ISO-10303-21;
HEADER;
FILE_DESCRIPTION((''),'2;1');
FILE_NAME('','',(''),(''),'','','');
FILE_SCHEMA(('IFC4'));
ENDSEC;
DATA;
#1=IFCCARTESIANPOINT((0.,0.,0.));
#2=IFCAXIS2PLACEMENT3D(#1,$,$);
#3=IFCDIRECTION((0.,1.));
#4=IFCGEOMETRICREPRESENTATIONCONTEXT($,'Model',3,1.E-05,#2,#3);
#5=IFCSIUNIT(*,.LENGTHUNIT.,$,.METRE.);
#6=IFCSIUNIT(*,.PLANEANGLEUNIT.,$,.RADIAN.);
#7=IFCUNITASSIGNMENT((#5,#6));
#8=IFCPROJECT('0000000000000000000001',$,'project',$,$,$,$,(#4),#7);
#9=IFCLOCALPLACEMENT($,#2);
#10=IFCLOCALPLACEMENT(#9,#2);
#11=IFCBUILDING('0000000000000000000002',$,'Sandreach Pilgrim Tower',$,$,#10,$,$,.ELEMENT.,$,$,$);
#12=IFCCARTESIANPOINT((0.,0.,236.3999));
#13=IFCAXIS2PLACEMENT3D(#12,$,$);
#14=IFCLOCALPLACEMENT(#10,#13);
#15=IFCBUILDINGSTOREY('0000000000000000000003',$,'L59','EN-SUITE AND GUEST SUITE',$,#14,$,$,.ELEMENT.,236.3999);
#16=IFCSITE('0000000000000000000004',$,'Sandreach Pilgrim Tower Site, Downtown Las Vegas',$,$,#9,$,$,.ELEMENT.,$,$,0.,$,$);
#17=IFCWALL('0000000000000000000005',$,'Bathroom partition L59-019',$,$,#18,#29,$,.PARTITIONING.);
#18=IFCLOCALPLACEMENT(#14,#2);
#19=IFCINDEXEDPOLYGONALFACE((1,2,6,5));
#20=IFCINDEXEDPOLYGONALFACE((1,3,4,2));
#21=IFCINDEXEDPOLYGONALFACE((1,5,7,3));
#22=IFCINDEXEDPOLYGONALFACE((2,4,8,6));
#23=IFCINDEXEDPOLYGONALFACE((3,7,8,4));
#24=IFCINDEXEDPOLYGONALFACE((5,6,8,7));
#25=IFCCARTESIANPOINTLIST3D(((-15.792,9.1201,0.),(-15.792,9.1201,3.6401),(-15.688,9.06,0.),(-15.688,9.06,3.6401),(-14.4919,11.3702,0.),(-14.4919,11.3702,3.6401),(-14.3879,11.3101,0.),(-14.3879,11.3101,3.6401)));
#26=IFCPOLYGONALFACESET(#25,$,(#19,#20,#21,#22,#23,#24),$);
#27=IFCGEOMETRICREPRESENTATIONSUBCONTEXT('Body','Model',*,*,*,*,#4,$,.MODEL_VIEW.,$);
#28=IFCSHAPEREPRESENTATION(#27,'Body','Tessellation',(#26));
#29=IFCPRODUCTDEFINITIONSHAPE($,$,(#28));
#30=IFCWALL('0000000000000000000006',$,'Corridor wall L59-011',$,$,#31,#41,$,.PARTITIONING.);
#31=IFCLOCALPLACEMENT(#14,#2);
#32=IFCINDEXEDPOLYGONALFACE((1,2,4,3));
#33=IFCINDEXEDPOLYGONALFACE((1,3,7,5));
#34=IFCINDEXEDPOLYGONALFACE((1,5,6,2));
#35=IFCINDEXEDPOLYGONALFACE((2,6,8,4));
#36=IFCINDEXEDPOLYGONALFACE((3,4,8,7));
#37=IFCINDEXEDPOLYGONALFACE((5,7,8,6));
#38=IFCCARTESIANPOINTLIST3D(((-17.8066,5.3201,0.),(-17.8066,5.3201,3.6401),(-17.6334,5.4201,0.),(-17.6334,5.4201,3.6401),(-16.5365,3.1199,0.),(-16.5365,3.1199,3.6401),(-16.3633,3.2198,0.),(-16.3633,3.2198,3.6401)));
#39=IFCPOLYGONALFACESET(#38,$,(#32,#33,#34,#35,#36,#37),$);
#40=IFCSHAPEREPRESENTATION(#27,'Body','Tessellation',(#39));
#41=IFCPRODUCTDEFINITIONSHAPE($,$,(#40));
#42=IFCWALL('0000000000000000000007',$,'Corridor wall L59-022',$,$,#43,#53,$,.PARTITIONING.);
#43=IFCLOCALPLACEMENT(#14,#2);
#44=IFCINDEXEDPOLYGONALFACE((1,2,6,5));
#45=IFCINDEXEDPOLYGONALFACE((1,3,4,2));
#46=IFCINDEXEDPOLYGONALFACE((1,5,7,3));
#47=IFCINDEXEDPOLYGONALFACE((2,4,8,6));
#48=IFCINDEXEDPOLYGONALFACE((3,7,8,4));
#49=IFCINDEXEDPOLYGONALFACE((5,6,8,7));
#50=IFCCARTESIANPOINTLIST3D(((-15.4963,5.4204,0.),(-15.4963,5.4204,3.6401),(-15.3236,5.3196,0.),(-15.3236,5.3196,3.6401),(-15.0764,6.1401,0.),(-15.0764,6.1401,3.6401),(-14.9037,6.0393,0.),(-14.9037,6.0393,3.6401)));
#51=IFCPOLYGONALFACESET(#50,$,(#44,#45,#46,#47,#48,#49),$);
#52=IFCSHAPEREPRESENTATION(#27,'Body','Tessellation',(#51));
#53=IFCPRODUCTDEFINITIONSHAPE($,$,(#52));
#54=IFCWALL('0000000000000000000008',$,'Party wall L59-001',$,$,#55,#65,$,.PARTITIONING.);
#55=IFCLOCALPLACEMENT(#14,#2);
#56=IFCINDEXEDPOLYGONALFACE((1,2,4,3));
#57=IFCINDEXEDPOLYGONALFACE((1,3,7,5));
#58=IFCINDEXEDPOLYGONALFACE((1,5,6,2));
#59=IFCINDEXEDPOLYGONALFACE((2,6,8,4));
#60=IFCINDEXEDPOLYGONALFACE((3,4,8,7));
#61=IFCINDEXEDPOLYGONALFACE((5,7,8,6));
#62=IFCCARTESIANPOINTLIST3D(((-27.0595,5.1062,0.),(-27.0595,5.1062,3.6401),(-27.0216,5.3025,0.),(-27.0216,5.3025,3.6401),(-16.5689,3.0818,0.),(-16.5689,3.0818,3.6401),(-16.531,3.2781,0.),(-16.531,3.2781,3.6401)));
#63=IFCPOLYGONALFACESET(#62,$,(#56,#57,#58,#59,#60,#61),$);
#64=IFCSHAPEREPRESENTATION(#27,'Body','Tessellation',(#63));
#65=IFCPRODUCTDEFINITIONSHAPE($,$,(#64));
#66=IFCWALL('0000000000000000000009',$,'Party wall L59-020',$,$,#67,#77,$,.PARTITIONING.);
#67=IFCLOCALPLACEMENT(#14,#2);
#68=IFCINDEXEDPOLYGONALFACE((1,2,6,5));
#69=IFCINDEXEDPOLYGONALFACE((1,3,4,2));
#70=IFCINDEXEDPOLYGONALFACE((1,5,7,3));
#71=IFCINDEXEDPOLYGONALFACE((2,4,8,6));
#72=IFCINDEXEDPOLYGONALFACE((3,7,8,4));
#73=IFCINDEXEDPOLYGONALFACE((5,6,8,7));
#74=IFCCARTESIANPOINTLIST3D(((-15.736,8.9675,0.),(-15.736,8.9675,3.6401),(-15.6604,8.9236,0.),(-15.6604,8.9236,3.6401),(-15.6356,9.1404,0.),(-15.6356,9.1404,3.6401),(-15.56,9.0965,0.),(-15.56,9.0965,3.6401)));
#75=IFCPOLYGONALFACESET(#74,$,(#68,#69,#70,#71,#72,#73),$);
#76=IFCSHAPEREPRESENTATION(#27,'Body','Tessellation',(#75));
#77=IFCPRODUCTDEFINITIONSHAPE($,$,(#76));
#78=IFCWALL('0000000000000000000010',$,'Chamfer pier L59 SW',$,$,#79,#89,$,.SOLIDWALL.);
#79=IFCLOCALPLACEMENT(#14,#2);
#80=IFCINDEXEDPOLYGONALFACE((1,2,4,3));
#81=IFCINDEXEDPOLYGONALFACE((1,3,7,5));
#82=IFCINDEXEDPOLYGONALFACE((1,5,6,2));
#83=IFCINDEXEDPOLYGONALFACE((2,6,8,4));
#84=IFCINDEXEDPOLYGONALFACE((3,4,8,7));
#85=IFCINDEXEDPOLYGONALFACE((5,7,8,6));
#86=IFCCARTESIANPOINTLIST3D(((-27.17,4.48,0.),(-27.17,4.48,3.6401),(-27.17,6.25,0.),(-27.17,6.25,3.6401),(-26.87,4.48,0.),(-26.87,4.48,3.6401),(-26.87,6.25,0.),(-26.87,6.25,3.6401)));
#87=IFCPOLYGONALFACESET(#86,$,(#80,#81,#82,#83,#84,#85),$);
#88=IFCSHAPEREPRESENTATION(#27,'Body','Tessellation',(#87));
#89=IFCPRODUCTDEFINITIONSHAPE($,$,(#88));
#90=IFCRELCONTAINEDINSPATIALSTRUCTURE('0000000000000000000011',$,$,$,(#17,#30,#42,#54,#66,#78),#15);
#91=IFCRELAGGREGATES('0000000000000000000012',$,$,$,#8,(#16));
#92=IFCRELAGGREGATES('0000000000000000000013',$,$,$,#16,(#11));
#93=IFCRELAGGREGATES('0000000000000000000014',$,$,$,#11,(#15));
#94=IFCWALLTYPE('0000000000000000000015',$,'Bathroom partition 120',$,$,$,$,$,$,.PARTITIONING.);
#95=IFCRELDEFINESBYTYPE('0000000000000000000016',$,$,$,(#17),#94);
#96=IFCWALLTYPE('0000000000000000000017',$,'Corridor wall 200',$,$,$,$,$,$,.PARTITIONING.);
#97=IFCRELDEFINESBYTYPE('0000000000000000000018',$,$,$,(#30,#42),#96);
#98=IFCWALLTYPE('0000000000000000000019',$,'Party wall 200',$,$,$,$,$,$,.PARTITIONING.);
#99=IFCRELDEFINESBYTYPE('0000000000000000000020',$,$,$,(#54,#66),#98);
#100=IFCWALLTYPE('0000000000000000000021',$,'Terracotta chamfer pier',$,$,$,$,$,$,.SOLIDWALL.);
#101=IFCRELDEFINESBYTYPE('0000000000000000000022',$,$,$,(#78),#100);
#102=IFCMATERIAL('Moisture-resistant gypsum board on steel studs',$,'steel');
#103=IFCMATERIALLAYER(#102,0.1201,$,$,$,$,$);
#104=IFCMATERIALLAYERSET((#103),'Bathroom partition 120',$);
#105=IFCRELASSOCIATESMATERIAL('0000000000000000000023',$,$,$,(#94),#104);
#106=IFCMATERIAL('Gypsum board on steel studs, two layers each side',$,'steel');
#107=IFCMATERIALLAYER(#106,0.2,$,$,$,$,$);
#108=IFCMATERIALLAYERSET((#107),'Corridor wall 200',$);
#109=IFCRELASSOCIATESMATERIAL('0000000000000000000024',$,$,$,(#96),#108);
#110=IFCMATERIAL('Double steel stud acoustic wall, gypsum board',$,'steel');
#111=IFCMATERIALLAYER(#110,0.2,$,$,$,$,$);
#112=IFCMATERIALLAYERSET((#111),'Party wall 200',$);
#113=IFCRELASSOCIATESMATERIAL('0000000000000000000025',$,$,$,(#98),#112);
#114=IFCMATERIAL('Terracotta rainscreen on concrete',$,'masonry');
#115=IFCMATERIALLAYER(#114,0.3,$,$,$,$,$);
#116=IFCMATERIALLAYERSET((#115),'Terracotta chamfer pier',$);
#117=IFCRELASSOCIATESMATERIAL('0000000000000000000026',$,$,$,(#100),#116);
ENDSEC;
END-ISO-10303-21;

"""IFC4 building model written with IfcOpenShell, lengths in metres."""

from ifc_helpers import new_model, si_unit, direction, frame, frame_2d, origin, place, context, subcontext, project, spatial, rectangle, extrude, material, layer, layer_set, type_object, element, save


model = new_model("IFC4")

# Units and contexts
model_context = context("Model", 3, precision=1e-05, world=origin(), true_north=direction((0.0, 1.0)))
body_context = subcontext(model_context, "Body", "Model", "MODEL_VIEW")
ifc_project = project(units=[si_unit("LENGTHUNIT", "METRE"), si_unit("PLANEANGLEUNIT", "RADIAN")], contexts=[model_context])

# Site, building, storey
site_placement = place(None, origin())
site = spatial("IfcSite", under=ifc_project, at=site_placement, Name="Sandreach Pilgrim Tower Site, Downtown Las Vegas", CompositionType="ELEMENT", RefElevation=0.0)
building_placement = place(site_placement, origin())
building = spatial("IfcBuilding", under=site, at=building_placement, Name="Sandreach Pilgrim Tower", CompositionType="ELEMENT")
storey_placement = place(building_placement, frame((0.0, 0.0, 236.3999)))
storey = spatial("IfcBuildingStorey", under=building, at=storey_placement, Name="L59", Description="EN-SUITE AND GUEST SUITE", CompositionType="ELEMENT", Elevation=236.3999)

# Walls
ifc_material_1 = material(Name="Moisture-resistant gypsum board on steel studs", Category="steel")
ifc_layer_1 = layer(ifc_material_1, 0.1201)
ifc_layer_set_1 = layer_set([ifc_layer_1], Name="Bathroom partition 120")
wall_type_1 = type_object("IfcWallType", Name="Bathroom partition 120", PredefinedType="PARTITIONING", material=ifc_layer_set_1)
wall_1_placement = place(storey_placement, frame((-15.74, 9.0901, 0.0), z_axis=(0.0, 0.0, 1.0), x_axis=(0.500292, 0.865857, 0.0)))
element("IfcWall", 1, at=wall_1_placement, inside=storey, type_object=wall_type_1, Name="Bathroom partition L59-019", PredefinedType="PARTITIONING", context=body_context, shape_type="SweptSolid", body=[
    extrude(rectangle(XDim=2.5986, YDim=0.1201, at=frame_2d((1.2993, 0.0))), origin(), (0.0, 0.0, 1.0), 3.6401),
])
ifc_material_2 = material(Name="Gypsum board on steel studs, two layers each side", Category="steel")
ifc_layer_2 = layer(ifc_material_2, 0.2)
ifc_layer_set_2 = layer_set([ifc_layer_2], Name="Corridor wall 200")
wall_type_2 = type_object("IfcWallType", Name="Corridor wall 200", PredefinedType="PARTITIONING", material=ifc_layer_set_2)
wall_2_placement = place(storey_placement, frame((-17.72, 5.3701, 0.0), z_axis=(0.0, 0.0, 1.0), x_axis=(0.499922, -0.86607, 0.0)))
element("IfcWall", 2, at=wall_2_placement, inside=storey, type_object=wall_type_2, Name="Corridor wall L59-011", PredefinedType="PARTITIONING", context=body_context, shape_type="SweptSolid", body=[
    extrude(rectangle(XDim=2.5405, YDim=0.2, at=frame_2d((1.2703, 0.0))), origin(), (0.0, 0.0, 1.0), 3.6401),
])

# Walls
wall_3_placement = place(storey_placement, frame((-15.4099, 5.3701, 0.0), z_axis=(0.0, 0.0, 1.0), x_axis=(0.503944, 0.863736, 0.0)))
element("IfcWall", 3, at=wall_3_placement, inside=storey, type_object=wall_type_2, Name="Corridor wall L59-022", PredefinedType="PARTITIONING", context=body_context, shape_type="SweptSolid", body=[
    extrude(rectangle(XDim=0.8333, YDim=0.2, at=frame_2d((0.4165, 0.0))), origin(), (0.0, 0.0, 1.0), 3.6401),
])
ifc_material_3 = material(Name="Double steel stud acoustic wall, gypsum board", Category="steel")
ifc_layer_3 = layer(ifc_material_3, 0.2)
ifc_layer_set_3 = layer_set([ifc_layer_3], Name="Party wall 200")
wall_type_3 = type_object("IfcWallType", Name="Party wall 200", PredefinedType="PARTITIONING", material=ifc_layer_set_3)
wall_4_placement = place(storey_placement, frame((-27.0405, 5.2043, 0.0), z_axis=(0.0, 0.0, 1.0), x_axis=(0.981884, -0.18948, 0.0)))
element("IfcWall", 4, at=wall_4_placement, inside=storey, type_object=wall_type_3, Name="Party wall L59-001", PredefinedType="PARTITIONING", context=body_context, shape_type="SweptSolid", body=[
    extrude(rectangle(XDim=10.6841, YDim=0.2, at=frame_2d((5.342, 0.0))), origin(), (0.0, 0.0, 1.0), 3.6401),
])
wall_5_placement = place(storey_placement, frame((-15.6858, 9.054, 0.0), z_axis=(0.0, 0.0, 1.0), x_axis=(0.864789, -0.502136, 0.0)))
element("IfcWall", 5, at=wall_5_placement, inside=storey, type_object=wall_type_3, Name="Party wall L59-020", PredefinedType="PARTITIONING", context=body_context, shape_type="SweptSolid", body=[
    extrude(rectangle(XDim=0.0874, YDim=0.2, at=frame_2d((0.0437, 0.0))), origin(), (0.0, 0.0, 1.0), 3.6401),
])
ifc_material_4 = material(Name="Terracotta rainscreen on concrete", Category="masonry")
ifc_layer_4 = layer(ifc_material_4, 0.3)
ifc_layer_set_4 = layer_set([ifc_layer_4], Name="Terracotta chamfer pier")
wall_type_4 = type_object("IfcWallType", Name="Terracotta chamfer pier", PredefinedType="SOLIDWALL", material=ifc_layer_set_4)
wall_6_placement = place(storey_placement, frame((-27.02, 4.48, 0.0), z_axis=(0.0, 0.0, 1.0), x_axis=(0.0, 1.0, 0.0)))
element("IfcWall", 6, at=wall_6_placement, inside=storey, type_object=wall_type_4, Name="Chamfer pier L59 SW", PredefinedType="SOLIDWALL", context=body_context, shape_type="SweptSolid", body=[
    extrude(rectangle(XDim=1.77, YDim=0.3, at=frame_2d((0.885, 0.0))), origin(), (0.0, 0.0, 1.0), 3.6401),
])

save(model, "model.ifc")
